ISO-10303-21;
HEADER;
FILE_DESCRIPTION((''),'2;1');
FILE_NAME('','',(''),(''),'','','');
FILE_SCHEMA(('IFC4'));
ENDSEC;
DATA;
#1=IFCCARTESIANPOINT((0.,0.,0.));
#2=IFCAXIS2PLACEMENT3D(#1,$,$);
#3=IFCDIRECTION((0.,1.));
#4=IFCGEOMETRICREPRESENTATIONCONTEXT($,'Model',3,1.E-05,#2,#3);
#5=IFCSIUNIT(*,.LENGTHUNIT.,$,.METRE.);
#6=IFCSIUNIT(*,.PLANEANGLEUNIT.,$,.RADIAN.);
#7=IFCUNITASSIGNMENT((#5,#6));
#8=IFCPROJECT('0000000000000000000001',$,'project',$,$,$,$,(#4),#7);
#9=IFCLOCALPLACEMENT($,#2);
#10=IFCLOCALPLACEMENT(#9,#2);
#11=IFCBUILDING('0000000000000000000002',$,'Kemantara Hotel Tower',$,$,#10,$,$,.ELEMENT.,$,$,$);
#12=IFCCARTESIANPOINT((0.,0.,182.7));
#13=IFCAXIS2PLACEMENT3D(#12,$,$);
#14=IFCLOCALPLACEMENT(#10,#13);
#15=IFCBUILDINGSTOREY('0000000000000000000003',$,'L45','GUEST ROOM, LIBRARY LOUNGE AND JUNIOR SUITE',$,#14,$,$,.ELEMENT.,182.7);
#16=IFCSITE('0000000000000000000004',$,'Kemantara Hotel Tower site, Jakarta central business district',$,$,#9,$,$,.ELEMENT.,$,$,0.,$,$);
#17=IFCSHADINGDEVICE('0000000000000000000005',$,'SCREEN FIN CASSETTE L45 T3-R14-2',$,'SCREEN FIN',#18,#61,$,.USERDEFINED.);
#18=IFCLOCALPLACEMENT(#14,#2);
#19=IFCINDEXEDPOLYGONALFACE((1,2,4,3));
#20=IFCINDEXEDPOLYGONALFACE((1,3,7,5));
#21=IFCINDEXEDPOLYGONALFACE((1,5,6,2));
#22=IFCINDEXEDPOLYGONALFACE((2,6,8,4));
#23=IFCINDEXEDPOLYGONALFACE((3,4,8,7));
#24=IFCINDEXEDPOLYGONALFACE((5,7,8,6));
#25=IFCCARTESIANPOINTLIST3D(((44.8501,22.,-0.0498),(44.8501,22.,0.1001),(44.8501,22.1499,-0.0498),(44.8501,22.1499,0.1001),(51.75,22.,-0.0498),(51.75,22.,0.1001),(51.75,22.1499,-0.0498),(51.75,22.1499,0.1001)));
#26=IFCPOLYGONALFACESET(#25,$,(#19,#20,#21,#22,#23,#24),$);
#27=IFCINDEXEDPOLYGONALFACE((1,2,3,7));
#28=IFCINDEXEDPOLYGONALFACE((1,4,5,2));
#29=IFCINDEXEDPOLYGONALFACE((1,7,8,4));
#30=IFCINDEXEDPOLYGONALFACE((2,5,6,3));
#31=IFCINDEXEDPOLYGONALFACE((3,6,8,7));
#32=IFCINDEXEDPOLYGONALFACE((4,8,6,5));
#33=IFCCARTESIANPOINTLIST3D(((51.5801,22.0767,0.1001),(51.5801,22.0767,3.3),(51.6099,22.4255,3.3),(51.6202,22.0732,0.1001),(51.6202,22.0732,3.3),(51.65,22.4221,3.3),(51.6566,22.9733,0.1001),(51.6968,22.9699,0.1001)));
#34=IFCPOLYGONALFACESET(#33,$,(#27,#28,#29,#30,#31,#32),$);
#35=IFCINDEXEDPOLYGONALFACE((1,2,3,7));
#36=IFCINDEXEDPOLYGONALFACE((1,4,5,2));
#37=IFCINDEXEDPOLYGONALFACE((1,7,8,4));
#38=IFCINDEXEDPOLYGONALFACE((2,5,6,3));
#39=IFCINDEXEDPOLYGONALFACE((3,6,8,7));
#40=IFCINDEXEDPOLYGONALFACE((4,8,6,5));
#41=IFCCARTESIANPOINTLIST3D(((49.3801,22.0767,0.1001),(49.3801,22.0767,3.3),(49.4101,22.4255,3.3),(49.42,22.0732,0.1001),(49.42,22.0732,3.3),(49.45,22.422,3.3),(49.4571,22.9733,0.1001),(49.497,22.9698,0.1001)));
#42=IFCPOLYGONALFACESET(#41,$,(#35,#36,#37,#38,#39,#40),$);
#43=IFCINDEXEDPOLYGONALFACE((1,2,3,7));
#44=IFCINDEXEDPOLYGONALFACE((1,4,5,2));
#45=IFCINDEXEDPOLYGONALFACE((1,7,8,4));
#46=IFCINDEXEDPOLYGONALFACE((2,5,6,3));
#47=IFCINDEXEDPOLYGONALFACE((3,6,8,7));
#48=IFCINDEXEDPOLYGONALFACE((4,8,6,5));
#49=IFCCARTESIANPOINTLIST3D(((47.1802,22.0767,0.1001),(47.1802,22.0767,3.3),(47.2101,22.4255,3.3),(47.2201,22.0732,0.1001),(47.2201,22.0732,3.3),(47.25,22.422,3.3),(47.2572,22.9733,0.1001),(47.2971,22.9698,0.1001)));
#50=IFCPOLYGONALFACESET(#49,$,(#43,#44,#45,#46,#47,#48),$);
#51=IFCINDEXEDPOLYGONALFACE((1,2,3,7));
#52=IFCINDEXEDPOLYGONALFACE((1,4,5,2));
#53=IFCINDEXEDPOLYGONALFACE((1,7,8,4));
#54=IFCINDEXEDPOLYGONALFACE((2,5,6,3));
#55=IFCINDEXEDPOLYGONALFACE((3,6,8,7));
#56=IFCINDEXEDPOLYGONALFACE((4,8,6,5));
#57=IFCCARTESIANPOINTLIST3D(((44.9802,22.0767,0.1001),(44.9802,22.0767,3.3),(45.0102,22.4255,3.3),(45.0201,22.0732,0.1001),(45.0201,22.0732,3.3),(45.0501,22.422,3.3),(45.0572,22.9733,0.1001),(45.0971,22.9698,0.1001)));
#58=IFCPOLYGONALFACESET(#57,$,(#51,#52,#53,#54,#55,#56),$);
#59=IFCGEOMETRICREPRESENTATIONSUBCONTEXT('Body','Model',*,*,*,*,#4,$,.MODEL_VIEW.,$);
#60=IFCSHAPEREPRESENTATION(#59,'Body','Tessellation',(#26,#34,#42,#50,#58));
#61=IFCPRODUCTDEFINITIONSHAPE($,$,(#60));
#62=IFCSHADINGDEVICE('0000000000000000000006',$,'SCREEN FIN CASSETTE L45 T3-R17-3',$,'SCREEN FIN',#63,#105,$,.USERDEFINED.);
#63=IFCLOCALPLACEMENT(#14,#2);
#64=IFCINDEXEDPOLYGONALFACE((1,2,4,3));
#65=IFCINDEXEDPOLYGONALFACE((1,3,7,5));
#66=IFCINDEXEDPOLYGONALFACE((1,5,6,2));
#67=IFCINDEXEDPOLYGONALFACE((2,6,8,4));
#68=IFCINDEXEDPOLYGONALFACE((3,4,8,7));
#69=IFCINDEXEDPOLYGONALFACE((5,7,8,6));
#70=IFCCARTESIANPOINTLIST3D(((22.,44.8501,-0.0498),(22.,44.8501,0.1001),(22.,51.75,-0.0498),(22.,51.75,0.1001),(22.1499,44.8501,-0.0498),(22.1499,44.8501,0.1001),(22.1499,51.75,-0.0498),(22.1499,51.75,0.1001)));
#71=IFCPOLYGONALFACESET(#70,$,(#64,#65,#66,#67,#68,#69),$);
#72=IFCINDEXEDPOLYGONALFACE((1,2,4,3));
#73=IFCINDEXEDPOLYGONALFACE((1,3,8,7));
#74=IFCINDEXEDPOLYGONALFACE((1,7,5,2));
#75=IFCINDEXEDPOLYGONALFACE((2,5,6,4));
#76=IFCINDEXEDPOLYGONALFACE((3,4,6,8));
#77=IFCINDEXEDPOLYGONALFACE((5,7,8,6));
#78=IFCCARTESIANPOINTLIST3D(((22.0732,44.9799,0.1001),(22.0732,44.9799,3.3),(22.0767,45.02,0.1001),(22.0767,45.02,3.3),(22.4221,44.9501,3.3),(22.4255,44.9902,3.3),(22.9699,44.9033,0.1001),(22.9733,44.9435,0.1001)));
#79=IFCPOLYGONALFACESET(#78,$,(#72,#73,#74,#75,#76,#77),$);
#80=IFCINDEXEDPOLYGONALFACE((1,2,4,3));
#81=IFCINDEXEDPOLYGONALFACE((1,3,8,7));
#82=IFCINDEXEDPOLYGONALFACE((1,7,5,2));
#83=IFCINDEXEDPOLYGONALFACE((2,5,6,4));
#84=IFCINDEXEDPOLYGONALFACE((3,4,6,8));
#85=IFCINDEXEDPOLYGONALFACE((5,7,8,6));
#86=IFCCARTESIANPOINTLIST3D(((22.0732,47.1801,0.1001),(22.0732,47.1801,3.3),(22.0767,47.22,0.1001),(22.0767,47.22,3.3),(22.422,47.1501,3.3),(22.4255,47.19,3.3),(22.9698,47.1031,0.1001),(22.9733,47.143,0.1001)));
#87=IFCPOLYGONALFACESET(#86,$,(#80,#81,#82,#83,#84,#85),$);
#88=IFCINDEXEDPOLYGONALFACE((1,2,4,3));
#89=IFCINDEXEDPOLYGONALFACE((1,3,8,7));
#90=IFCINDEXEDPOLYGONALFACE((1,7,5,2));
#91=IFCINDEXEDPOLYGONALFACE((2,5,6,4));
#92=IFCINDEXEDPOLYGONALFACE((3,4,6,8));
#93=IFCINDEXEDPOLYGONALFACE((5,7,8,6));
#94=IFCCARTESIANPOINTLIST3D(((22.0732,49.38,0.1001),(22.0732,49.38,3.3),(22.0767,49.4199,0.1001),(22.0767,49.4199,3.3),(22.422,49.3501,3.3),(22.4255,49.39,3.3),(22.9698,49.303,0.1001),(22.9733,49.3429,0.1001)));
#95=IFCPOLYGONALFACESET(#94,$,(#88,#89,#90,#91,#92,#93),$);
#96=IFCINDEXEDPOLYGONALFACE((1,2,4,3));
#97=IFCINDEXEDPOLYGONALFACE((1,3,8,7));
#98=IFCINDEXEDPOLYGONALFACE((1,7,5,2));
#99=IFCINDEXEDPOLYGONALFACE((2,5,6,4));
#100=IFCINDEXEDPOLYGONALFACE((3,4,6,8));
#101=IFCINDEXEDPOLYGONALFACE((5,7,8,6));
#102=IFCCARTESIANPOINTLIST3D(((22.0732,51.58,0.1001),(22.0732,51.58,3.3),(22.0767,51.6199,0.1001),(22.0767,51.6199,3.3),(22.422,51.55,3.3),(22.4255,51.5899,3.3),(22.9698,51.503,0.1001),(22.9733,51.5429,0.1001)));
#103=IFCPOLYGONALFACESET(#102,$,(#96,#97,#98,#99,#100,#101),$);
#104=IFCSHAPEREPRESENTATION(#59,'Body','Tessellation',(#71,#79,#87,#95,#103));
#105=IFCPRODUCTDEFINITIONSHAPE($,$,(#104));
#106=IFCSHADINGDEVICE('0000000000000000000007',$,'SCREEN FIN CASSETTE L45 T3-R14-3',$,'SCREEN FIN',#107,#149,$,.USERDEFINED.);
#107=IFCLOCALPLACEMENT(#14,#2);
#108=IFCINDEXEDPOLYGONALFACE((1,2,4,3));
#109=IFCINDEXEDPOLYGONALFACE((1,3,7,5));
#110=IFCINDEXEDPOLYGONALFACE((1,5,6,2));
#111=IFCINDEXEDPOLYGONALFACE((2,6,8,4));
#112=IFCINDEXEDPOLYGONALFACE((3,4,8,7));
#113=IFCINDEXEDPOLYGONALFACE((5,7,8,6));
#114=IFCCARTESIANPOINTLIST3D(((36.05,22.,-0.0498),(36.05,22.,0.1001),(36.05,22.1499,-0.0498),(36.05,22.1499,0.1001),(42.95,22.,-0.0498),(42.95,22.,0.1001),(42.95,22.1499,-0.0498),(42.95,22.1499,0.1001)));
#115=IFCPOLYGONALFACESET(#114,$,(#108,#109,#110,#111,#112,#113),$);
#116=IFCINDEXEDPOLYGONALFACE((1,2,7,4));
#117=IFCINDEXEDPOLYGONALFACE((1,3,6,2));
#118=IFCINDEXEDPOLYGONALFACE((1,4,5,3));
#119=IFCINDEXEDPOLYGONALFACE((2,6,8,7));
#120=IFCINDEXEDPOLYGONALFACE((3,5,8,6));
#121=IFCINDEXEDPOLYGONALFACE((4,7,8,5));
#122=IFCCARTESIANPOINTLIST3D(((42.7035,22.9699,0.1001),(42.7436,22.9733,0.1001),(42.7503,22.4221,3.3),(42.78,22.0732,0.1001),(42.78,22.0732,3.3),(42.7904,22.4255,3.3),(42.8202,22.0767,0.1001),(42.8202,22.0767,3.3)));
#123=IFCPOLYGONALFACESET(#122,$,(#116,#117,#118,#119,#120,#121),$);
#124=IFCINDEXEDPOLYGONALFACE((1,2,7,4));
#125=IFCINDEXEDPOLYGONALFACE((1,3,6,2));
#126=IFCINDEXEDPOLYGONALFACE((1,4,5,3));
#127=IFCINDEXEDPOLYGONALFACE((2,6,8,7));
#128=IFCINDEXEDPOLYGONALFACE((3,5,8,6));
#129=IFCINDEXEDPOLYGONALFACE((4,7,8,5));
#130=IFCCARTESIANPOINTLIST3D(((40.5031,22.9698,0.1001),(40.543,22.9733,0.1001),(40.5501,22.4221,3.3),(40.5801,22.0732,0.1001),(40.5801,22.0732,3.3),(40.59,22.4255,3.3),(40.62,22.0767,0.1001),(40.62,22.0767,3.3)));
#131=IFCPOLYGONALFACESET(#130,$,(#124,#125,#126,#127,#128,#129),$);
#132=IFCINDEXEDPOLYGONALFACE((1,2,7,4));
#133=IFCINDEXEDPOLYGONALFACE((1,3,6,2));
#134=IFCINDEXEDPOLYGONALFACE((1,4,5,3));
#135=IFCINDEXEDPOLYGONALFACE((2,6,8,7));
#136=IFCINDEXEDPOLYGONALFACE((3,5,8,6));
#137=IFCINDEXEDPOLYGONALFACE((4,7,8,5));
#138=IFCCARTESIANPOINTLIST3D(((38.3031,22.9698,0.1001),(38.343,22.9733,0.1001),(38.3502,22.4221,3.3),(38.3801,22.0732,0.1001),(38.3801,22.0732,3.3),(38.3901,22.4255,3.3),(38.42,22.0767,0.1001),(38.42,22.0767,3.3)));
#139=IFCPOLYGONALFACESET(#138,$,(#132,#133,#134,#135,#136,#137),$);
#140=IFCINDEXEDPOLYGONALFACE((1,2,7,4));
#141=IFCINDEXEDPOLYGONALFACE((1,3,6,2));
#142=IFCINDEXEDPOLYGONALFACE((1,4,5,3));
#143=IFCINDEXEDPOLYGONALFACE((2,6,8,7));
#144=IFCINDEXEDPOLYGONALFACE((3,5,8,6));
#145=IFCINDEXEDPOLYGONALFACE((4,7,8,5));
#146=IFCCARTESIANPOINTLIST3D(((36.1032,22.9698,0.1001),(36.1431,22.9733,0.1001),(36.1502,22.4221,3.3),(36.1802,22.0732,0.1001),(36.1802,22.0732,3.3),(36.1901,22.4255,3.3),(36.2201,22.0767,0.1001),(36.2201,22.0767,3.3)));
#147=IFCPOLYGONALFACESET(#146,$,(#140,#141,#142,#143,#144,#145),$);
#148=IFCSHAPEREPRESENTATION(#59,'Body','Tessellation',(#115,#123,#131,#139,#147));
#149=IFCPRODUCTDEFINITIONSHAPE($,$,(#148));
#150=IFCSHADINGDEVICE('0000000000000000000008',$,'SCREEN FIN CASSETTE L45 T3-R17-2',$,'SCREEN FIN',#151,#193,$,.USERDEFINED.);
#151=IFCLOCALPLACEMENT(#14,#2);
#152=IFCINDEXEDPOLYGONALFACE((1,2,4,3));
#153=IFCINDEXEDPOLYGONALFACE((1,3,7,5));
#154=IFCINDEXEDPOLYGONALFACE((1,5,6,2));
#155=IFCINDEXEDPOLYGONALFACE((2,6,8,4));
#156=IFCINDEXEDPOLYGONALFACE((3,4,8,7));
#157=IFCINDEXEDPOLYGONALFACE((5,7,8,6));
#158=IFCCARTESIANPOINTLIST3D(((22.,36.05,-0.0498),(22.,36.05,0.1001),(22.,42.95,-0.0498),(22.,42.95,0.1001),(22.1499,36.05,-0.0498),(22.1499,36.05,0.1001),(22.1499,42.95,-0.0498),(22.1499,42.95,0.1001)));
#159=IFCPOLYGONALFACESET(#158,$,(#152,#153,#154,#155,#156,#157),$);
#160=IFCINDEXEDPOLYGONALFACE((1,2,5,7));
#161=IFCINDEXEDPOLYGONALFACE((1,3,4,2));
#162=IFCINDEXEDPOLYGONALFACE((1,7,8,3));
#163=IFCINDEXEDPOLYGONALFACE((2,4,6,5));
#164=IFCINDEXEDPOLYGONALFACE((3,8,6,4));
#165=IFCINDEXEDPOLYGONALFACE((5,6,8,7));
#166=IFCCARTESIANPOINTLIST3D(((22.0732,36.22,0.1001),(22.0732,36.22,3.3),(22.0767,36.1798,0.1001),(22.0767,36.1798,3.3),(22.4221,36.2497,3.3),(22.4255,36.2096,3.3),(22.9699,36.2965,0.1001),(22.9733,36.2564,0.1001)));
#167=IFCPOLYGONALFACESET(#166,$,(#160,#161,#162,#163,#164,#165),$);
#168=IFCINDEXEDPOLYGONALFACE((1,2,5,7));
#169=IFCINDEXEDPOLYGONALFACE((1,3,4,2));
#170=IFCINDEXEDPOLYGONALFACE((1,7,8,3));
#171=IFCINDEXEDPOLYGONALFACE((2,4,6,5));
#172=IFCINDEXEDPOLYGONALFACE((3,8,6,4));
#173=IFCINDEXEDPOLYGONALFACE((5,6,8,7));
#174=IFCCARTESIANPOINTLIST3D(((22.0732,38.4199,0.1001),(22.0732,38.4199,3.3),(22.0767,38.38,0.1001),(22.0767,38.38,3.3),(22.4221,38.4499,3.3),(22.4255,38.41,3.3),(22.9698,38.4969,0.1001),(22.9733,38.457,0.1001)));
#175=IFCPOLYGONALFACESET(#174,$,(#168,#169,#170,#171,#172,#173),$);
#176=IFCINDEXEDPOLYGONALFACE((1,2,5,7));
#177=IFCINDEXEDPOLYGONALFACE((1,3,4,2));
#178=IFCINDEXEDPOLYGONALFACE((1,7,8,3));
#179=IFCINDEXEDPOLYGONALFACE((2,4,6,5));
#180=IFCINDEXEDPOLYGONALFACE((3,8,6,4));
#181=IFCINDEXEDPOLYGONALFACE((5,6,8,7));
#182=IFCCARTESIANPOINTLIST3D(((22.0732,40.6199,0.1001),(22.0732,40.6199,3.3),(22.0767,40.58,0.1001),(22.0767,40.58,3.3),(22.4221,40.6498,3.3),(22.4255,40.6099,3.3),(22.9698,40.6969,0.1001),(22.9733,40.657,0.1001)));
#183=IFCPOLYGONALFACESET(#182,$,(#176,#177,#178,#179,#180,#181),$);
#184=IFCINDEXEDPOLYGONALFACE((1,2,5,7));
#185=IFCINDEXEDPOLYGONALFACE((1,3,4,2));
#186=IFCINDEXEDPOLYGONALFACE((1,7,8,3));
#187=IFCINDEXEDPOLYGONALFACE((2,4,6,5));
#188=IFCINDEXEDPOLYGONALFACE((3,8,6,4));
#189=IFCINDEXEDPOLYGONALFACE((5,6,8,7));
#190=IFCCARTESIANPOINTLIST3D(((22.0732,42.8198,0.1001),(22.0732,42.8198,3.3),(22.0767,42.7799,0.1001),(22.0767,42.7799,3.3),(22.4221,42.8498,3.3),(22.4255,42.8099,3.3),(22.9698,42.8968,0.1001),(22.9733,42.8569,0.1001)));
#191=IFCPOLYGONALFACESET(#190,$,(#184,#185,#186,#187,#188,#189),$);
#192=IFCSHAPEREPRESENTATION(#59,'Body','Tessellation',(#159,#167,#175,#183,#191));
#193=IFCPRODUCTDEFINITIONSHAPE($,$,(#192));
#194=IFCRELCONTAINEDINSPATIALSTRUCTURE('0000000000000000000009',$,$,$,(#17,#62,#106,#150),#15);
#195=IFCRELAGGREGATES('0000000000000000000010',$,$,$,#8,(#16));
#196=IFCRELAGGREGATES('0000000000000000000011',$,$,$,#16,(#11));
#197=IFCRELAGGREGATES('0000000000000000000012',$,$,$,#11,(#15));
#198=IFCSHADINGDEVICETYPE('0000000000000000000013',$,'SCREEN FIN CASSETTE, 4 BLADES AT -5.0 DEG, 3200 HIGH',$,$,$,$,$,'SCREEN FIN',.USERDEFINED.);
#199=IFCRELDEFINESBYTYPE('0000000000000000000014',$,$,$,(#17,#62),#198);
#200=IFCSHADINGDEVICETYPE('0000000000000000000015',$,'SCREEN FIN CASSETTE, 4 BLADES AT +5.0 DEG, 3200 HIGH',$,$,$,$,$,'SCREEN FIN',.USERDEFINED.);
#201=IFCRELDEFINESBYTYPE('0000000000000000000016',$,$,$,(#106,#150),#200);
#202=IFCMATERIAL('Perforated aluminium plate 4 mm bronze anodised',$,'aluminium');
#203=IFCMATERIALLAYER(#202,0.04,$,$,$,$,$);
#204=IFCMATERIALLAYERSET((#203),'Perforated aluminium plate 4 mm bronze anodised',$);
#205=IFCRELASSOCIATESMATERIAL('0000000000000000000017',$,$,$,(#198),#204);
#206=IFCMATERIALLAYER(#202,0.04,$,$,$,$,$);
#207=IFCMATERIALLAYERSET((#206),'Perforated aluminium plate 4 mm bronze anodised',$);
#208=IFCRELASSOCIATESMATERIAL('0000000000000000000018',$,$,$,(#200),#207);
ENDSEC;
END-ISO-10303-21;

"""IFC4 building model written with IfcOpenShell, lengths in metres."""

from ifc_helpers import new_model, si_unit, direction, frame, origin, origin_2d, place, context, subcontext, project, spatial, polyline, rectangle, outline, extrude, source, transform, mapped, material, layer, layer_set, type_object, element, save


model = new_model("IFC4")

# Units and contexts
model_context = context("Model", 3, precision=1e-05, world=origin(), true_north=direction((0.0, 1.0)))
body_context = subcontext(model_context, "Body", "Model", "MODEL_VIEW")
ifc_project = project(units=[si_unit("LENGTHUNIT", "METRE"), si_unit("PLANEANGLEUNIT", "RADIAN")], contexts=[model_context])

# Site, building, storey
site_placement = place(None, origin())
site = spatial("IfcSite", under=ifc_project, at=site_placement, Name="Kemantara Hotel Tower site, Jakarta central business district", CompositionType="ELEMENT", RefElevation=0.0)
building_placement = place(site_placement, origin())
building = spatial("IfcBuilding", under=site, at=building_placement, Name="Kemantara Hotel Tower", CompositionType="ELEMENT")
storey_placement = place(building_placement, frame((0.0, 0.0, 182.7)))
storey = spatial("IfcBuildingStorey", under=building, at=storey_placement, Name="L45", Description="GUEST ROOM, LIBRARY LOUNGE AND JUNIOR SUITE", CompositionType="ELEMENT", Elevation=182.7)

# Shading devices
ifc_material_1 = material(Name="Perforated aluminium plate 4 mm bronze anodised", Category="aluminium")
ifc_layer_1 = layer(ifc_material_1, 0.04)
ifc_layer_set_1 = layer_set([ifc_layer_1], Name="Perforated aluminium plate 4 mm bronze anodised")
shading_device_type_1 = type_object("IfcShadingDeviceType", Name="SCREEN FIN CASSETTE, 4 BLADES AT -5.0 DEG, 3200 HIGH", ElementType="SCREEN FIN", PredefinedType="USERDEFINED", material=ifc_layer_set_1)
shared_shape_1 = source(origin(), body_context, "Body", "SweptSolid", [
    extrude(rectangle(XDim=6.8999, YDim=0.1499, at=origin_2d()), frame((3.3, -0.075, -0.1499), z_axis=(0.0, 0.0, 1.0), x_axis=(1.0, 0.0, 0.0)), (0.0, 0.0, 1.0), 0.1499),
    extrude(outline(polyline([(0.0, 0.0), (0.8999, 0.0), (0.3501, 3.2), (0.0, 3.2), (0.0, 0.0)])), frame((0.02, -0.0767, 0.0), z_axis=(-0.996376, 0.085056, 0.0), x_axis=(-0.085056, -0.996376, 0.0)), (0.0, 0.0, 1.0), 0.0403),
    extrude(outline(polyline([(0.0, 0.0), (0.8999, 0.0), (0.3501, 3.2), (0.0, 3.2), (0.0, 0.0)])), frame((2.22, -0.0767, 0.0), z_axis=(-0.996332, 0.085575, 0.0), x_axis=(-0.085575, -0.996332, 0.0)), (0.0, 0.0, 1.0), 0.04),
    extrude(outline(polyline([(0.0, 0.0), (0.8999, 0.0), (0.3501, 3.2), (0.0, 3.2), (0.0, 0.0)])), frame((4.4199, -0.0767, 0.0), z_axis=(-0.996332, 0.085575, 0.0), x_axis=(-0.085575, -0.996332, 0.0)), (0.0, 0.0, 1.0), 0.04),
    extrude(outline(polyline([(0.0, 0.0), (0.8999, 0.0), (0.3501, 3.2), (0.0, 3.2), (0.0, 0.0)])), frame((6.6199, -0.0767, 0.0), z_axis=(-0.996332, 0.085575, 0.0), x_axis=(-0.085575, -0.996332, 0.0)), (0.0, 0.0, 1.0), 0.04),
])
for number, where, z_axis, x_axis, name in (
    (1, (51.6001, 22.0, 0.1001), (0.0, 0.0, 1.0), (-1.0, 0.0, 0.0), "SCREEN FIN CASSETTE L45 T3-R14-2"),
    (2, (22.0, 45.0, 0.1001), (0.0, 0.0, 1.0), (0.0, 1.0, 0.0), "SCREEN FIN CASSETTE L45 T3-R17-3"),
):
    element("IfcShadingDevice", number, at=place(storey_placement, frame(where, z_axis=z_axis, x_axis=x_axis)), inside=storey, type_object=shading_device_type_1, Name=name, ObjectType="SCREEN FIN", PredefinedType="USERDEFINED", context=body_context, shape_type="MappedRepresentation", body=[
        mapped(shared_shape_1, transform((0.0, 0.0, 0.0))),
    ])
ifc_layer_2 = layer(ifc_material_1, 0.04)
ifc_layer_set_2 = layer_set([ifc_layer_2], Name="Perforated aluminium plate 4 mm bronze anodised")
shading_device_type_2 = type_object("IfcShadingDeviceType", Name="SCREEN FIN CASSETTE, 4 BLADES AT +5.0 DEG, 3200 HIGH", ElementType="SCREEN FIN", PredefinedType="USERDEFINED", material=ifc_layer_set_2)
shared_shape_2 = source(origin(), body_context, "Body", "SweptSolid", [
    extrude(rectangle(XDim=6.8999, YDim=0.1499, at=origin_2d()), frame((3.3, -0.075, -0.1499), z_axis=(0.0, 0.0, 1.0), x_axis=(1.0, 0.0, 0.0)), (0.0, 0.0, 1.0), 0.1499),
    extrude(outline(polyline([(0.0, 0.0), (0.8999, 0.0), (0.3501, 3.2), (0.0, 3.2), (0.0, 0.0)])), frame((0.02, -0.0732, 0.0), z_axis=(-0.996376, -0.085056, 0.0), x_axis=(0.085056, -0.996376, 0.0)), (0.0, 0.0, 1.0), 0.0403),
    extrude(outline(polyline([(0.0, 0.0), (0.8999, 0.0), (0.3501, 3.2), (0.0, 3.2), (0.0, 0.0)])), frame((2.22, -0.0732, 0.0), z_axis=(-0.996332, -0.085575, 0.0), x_axis=(0.085575, -0.996332, 0.0)), (0.0, 0.0, 1.0), 0.04),
    extrude(outline(polyline([(0.0, 0.0), (0.8999, 0.0), (0.3501, 3.2), (0.0, 3.2), (0.0, 0.0)])), frame((4.4199, -0.0732, 0.0), z_axis=(-0.996332, -0.085575, 0.0), x_axis=(0.085575, -0.996332, 0.0)), (0.0, 0.0, 1.0), 0.04),
    extrude(outline(polyline([(0.0, 0.0), (0.8999, 0.0), (0.3501, 3.2), (0.0, 3.2), (0.0, 0.0)])), frame((6.6199, -0.0732, 0.0), z_axis=(-0.996332, -0.085575, 0.0), x_axis=(0.085575, -0.996332, 0.0)), (0.0, 0.0, 1.0), 0.04),
])
for number, where, z_axis, x_axis, name in (
    (3, (42.8, 22.0, 0.1001), (0.0, 0.0, 1.0), (-1.0, 0.0, 0.0), "SCREEN FIN CASSETTE L45 T3-R14-3"),
    (4, (22.0, 36.2, 0.1001), (0.0, 0.0, 1.0), (0.0, 1.0, 0.0), "SCREEN FIN CASSETTE L45 T3-R17-2"),
):
    element("IfcShadingDevice", number, at=place(storey_placement, frame(where, z_axis=z_axis, x_axis=x_axis)), inside=storey, type_object=shading_device_type_2, Name=name, ObjectType="SCREEN FIN", PredefinedType="USERDEFINED", context=body_context, shape_type="MappedRepresentation", body=[
        mapped(shared_shape_2, transform((0.0, 0.0, 0.0))),
    ])

save(model, "model.ifc")
